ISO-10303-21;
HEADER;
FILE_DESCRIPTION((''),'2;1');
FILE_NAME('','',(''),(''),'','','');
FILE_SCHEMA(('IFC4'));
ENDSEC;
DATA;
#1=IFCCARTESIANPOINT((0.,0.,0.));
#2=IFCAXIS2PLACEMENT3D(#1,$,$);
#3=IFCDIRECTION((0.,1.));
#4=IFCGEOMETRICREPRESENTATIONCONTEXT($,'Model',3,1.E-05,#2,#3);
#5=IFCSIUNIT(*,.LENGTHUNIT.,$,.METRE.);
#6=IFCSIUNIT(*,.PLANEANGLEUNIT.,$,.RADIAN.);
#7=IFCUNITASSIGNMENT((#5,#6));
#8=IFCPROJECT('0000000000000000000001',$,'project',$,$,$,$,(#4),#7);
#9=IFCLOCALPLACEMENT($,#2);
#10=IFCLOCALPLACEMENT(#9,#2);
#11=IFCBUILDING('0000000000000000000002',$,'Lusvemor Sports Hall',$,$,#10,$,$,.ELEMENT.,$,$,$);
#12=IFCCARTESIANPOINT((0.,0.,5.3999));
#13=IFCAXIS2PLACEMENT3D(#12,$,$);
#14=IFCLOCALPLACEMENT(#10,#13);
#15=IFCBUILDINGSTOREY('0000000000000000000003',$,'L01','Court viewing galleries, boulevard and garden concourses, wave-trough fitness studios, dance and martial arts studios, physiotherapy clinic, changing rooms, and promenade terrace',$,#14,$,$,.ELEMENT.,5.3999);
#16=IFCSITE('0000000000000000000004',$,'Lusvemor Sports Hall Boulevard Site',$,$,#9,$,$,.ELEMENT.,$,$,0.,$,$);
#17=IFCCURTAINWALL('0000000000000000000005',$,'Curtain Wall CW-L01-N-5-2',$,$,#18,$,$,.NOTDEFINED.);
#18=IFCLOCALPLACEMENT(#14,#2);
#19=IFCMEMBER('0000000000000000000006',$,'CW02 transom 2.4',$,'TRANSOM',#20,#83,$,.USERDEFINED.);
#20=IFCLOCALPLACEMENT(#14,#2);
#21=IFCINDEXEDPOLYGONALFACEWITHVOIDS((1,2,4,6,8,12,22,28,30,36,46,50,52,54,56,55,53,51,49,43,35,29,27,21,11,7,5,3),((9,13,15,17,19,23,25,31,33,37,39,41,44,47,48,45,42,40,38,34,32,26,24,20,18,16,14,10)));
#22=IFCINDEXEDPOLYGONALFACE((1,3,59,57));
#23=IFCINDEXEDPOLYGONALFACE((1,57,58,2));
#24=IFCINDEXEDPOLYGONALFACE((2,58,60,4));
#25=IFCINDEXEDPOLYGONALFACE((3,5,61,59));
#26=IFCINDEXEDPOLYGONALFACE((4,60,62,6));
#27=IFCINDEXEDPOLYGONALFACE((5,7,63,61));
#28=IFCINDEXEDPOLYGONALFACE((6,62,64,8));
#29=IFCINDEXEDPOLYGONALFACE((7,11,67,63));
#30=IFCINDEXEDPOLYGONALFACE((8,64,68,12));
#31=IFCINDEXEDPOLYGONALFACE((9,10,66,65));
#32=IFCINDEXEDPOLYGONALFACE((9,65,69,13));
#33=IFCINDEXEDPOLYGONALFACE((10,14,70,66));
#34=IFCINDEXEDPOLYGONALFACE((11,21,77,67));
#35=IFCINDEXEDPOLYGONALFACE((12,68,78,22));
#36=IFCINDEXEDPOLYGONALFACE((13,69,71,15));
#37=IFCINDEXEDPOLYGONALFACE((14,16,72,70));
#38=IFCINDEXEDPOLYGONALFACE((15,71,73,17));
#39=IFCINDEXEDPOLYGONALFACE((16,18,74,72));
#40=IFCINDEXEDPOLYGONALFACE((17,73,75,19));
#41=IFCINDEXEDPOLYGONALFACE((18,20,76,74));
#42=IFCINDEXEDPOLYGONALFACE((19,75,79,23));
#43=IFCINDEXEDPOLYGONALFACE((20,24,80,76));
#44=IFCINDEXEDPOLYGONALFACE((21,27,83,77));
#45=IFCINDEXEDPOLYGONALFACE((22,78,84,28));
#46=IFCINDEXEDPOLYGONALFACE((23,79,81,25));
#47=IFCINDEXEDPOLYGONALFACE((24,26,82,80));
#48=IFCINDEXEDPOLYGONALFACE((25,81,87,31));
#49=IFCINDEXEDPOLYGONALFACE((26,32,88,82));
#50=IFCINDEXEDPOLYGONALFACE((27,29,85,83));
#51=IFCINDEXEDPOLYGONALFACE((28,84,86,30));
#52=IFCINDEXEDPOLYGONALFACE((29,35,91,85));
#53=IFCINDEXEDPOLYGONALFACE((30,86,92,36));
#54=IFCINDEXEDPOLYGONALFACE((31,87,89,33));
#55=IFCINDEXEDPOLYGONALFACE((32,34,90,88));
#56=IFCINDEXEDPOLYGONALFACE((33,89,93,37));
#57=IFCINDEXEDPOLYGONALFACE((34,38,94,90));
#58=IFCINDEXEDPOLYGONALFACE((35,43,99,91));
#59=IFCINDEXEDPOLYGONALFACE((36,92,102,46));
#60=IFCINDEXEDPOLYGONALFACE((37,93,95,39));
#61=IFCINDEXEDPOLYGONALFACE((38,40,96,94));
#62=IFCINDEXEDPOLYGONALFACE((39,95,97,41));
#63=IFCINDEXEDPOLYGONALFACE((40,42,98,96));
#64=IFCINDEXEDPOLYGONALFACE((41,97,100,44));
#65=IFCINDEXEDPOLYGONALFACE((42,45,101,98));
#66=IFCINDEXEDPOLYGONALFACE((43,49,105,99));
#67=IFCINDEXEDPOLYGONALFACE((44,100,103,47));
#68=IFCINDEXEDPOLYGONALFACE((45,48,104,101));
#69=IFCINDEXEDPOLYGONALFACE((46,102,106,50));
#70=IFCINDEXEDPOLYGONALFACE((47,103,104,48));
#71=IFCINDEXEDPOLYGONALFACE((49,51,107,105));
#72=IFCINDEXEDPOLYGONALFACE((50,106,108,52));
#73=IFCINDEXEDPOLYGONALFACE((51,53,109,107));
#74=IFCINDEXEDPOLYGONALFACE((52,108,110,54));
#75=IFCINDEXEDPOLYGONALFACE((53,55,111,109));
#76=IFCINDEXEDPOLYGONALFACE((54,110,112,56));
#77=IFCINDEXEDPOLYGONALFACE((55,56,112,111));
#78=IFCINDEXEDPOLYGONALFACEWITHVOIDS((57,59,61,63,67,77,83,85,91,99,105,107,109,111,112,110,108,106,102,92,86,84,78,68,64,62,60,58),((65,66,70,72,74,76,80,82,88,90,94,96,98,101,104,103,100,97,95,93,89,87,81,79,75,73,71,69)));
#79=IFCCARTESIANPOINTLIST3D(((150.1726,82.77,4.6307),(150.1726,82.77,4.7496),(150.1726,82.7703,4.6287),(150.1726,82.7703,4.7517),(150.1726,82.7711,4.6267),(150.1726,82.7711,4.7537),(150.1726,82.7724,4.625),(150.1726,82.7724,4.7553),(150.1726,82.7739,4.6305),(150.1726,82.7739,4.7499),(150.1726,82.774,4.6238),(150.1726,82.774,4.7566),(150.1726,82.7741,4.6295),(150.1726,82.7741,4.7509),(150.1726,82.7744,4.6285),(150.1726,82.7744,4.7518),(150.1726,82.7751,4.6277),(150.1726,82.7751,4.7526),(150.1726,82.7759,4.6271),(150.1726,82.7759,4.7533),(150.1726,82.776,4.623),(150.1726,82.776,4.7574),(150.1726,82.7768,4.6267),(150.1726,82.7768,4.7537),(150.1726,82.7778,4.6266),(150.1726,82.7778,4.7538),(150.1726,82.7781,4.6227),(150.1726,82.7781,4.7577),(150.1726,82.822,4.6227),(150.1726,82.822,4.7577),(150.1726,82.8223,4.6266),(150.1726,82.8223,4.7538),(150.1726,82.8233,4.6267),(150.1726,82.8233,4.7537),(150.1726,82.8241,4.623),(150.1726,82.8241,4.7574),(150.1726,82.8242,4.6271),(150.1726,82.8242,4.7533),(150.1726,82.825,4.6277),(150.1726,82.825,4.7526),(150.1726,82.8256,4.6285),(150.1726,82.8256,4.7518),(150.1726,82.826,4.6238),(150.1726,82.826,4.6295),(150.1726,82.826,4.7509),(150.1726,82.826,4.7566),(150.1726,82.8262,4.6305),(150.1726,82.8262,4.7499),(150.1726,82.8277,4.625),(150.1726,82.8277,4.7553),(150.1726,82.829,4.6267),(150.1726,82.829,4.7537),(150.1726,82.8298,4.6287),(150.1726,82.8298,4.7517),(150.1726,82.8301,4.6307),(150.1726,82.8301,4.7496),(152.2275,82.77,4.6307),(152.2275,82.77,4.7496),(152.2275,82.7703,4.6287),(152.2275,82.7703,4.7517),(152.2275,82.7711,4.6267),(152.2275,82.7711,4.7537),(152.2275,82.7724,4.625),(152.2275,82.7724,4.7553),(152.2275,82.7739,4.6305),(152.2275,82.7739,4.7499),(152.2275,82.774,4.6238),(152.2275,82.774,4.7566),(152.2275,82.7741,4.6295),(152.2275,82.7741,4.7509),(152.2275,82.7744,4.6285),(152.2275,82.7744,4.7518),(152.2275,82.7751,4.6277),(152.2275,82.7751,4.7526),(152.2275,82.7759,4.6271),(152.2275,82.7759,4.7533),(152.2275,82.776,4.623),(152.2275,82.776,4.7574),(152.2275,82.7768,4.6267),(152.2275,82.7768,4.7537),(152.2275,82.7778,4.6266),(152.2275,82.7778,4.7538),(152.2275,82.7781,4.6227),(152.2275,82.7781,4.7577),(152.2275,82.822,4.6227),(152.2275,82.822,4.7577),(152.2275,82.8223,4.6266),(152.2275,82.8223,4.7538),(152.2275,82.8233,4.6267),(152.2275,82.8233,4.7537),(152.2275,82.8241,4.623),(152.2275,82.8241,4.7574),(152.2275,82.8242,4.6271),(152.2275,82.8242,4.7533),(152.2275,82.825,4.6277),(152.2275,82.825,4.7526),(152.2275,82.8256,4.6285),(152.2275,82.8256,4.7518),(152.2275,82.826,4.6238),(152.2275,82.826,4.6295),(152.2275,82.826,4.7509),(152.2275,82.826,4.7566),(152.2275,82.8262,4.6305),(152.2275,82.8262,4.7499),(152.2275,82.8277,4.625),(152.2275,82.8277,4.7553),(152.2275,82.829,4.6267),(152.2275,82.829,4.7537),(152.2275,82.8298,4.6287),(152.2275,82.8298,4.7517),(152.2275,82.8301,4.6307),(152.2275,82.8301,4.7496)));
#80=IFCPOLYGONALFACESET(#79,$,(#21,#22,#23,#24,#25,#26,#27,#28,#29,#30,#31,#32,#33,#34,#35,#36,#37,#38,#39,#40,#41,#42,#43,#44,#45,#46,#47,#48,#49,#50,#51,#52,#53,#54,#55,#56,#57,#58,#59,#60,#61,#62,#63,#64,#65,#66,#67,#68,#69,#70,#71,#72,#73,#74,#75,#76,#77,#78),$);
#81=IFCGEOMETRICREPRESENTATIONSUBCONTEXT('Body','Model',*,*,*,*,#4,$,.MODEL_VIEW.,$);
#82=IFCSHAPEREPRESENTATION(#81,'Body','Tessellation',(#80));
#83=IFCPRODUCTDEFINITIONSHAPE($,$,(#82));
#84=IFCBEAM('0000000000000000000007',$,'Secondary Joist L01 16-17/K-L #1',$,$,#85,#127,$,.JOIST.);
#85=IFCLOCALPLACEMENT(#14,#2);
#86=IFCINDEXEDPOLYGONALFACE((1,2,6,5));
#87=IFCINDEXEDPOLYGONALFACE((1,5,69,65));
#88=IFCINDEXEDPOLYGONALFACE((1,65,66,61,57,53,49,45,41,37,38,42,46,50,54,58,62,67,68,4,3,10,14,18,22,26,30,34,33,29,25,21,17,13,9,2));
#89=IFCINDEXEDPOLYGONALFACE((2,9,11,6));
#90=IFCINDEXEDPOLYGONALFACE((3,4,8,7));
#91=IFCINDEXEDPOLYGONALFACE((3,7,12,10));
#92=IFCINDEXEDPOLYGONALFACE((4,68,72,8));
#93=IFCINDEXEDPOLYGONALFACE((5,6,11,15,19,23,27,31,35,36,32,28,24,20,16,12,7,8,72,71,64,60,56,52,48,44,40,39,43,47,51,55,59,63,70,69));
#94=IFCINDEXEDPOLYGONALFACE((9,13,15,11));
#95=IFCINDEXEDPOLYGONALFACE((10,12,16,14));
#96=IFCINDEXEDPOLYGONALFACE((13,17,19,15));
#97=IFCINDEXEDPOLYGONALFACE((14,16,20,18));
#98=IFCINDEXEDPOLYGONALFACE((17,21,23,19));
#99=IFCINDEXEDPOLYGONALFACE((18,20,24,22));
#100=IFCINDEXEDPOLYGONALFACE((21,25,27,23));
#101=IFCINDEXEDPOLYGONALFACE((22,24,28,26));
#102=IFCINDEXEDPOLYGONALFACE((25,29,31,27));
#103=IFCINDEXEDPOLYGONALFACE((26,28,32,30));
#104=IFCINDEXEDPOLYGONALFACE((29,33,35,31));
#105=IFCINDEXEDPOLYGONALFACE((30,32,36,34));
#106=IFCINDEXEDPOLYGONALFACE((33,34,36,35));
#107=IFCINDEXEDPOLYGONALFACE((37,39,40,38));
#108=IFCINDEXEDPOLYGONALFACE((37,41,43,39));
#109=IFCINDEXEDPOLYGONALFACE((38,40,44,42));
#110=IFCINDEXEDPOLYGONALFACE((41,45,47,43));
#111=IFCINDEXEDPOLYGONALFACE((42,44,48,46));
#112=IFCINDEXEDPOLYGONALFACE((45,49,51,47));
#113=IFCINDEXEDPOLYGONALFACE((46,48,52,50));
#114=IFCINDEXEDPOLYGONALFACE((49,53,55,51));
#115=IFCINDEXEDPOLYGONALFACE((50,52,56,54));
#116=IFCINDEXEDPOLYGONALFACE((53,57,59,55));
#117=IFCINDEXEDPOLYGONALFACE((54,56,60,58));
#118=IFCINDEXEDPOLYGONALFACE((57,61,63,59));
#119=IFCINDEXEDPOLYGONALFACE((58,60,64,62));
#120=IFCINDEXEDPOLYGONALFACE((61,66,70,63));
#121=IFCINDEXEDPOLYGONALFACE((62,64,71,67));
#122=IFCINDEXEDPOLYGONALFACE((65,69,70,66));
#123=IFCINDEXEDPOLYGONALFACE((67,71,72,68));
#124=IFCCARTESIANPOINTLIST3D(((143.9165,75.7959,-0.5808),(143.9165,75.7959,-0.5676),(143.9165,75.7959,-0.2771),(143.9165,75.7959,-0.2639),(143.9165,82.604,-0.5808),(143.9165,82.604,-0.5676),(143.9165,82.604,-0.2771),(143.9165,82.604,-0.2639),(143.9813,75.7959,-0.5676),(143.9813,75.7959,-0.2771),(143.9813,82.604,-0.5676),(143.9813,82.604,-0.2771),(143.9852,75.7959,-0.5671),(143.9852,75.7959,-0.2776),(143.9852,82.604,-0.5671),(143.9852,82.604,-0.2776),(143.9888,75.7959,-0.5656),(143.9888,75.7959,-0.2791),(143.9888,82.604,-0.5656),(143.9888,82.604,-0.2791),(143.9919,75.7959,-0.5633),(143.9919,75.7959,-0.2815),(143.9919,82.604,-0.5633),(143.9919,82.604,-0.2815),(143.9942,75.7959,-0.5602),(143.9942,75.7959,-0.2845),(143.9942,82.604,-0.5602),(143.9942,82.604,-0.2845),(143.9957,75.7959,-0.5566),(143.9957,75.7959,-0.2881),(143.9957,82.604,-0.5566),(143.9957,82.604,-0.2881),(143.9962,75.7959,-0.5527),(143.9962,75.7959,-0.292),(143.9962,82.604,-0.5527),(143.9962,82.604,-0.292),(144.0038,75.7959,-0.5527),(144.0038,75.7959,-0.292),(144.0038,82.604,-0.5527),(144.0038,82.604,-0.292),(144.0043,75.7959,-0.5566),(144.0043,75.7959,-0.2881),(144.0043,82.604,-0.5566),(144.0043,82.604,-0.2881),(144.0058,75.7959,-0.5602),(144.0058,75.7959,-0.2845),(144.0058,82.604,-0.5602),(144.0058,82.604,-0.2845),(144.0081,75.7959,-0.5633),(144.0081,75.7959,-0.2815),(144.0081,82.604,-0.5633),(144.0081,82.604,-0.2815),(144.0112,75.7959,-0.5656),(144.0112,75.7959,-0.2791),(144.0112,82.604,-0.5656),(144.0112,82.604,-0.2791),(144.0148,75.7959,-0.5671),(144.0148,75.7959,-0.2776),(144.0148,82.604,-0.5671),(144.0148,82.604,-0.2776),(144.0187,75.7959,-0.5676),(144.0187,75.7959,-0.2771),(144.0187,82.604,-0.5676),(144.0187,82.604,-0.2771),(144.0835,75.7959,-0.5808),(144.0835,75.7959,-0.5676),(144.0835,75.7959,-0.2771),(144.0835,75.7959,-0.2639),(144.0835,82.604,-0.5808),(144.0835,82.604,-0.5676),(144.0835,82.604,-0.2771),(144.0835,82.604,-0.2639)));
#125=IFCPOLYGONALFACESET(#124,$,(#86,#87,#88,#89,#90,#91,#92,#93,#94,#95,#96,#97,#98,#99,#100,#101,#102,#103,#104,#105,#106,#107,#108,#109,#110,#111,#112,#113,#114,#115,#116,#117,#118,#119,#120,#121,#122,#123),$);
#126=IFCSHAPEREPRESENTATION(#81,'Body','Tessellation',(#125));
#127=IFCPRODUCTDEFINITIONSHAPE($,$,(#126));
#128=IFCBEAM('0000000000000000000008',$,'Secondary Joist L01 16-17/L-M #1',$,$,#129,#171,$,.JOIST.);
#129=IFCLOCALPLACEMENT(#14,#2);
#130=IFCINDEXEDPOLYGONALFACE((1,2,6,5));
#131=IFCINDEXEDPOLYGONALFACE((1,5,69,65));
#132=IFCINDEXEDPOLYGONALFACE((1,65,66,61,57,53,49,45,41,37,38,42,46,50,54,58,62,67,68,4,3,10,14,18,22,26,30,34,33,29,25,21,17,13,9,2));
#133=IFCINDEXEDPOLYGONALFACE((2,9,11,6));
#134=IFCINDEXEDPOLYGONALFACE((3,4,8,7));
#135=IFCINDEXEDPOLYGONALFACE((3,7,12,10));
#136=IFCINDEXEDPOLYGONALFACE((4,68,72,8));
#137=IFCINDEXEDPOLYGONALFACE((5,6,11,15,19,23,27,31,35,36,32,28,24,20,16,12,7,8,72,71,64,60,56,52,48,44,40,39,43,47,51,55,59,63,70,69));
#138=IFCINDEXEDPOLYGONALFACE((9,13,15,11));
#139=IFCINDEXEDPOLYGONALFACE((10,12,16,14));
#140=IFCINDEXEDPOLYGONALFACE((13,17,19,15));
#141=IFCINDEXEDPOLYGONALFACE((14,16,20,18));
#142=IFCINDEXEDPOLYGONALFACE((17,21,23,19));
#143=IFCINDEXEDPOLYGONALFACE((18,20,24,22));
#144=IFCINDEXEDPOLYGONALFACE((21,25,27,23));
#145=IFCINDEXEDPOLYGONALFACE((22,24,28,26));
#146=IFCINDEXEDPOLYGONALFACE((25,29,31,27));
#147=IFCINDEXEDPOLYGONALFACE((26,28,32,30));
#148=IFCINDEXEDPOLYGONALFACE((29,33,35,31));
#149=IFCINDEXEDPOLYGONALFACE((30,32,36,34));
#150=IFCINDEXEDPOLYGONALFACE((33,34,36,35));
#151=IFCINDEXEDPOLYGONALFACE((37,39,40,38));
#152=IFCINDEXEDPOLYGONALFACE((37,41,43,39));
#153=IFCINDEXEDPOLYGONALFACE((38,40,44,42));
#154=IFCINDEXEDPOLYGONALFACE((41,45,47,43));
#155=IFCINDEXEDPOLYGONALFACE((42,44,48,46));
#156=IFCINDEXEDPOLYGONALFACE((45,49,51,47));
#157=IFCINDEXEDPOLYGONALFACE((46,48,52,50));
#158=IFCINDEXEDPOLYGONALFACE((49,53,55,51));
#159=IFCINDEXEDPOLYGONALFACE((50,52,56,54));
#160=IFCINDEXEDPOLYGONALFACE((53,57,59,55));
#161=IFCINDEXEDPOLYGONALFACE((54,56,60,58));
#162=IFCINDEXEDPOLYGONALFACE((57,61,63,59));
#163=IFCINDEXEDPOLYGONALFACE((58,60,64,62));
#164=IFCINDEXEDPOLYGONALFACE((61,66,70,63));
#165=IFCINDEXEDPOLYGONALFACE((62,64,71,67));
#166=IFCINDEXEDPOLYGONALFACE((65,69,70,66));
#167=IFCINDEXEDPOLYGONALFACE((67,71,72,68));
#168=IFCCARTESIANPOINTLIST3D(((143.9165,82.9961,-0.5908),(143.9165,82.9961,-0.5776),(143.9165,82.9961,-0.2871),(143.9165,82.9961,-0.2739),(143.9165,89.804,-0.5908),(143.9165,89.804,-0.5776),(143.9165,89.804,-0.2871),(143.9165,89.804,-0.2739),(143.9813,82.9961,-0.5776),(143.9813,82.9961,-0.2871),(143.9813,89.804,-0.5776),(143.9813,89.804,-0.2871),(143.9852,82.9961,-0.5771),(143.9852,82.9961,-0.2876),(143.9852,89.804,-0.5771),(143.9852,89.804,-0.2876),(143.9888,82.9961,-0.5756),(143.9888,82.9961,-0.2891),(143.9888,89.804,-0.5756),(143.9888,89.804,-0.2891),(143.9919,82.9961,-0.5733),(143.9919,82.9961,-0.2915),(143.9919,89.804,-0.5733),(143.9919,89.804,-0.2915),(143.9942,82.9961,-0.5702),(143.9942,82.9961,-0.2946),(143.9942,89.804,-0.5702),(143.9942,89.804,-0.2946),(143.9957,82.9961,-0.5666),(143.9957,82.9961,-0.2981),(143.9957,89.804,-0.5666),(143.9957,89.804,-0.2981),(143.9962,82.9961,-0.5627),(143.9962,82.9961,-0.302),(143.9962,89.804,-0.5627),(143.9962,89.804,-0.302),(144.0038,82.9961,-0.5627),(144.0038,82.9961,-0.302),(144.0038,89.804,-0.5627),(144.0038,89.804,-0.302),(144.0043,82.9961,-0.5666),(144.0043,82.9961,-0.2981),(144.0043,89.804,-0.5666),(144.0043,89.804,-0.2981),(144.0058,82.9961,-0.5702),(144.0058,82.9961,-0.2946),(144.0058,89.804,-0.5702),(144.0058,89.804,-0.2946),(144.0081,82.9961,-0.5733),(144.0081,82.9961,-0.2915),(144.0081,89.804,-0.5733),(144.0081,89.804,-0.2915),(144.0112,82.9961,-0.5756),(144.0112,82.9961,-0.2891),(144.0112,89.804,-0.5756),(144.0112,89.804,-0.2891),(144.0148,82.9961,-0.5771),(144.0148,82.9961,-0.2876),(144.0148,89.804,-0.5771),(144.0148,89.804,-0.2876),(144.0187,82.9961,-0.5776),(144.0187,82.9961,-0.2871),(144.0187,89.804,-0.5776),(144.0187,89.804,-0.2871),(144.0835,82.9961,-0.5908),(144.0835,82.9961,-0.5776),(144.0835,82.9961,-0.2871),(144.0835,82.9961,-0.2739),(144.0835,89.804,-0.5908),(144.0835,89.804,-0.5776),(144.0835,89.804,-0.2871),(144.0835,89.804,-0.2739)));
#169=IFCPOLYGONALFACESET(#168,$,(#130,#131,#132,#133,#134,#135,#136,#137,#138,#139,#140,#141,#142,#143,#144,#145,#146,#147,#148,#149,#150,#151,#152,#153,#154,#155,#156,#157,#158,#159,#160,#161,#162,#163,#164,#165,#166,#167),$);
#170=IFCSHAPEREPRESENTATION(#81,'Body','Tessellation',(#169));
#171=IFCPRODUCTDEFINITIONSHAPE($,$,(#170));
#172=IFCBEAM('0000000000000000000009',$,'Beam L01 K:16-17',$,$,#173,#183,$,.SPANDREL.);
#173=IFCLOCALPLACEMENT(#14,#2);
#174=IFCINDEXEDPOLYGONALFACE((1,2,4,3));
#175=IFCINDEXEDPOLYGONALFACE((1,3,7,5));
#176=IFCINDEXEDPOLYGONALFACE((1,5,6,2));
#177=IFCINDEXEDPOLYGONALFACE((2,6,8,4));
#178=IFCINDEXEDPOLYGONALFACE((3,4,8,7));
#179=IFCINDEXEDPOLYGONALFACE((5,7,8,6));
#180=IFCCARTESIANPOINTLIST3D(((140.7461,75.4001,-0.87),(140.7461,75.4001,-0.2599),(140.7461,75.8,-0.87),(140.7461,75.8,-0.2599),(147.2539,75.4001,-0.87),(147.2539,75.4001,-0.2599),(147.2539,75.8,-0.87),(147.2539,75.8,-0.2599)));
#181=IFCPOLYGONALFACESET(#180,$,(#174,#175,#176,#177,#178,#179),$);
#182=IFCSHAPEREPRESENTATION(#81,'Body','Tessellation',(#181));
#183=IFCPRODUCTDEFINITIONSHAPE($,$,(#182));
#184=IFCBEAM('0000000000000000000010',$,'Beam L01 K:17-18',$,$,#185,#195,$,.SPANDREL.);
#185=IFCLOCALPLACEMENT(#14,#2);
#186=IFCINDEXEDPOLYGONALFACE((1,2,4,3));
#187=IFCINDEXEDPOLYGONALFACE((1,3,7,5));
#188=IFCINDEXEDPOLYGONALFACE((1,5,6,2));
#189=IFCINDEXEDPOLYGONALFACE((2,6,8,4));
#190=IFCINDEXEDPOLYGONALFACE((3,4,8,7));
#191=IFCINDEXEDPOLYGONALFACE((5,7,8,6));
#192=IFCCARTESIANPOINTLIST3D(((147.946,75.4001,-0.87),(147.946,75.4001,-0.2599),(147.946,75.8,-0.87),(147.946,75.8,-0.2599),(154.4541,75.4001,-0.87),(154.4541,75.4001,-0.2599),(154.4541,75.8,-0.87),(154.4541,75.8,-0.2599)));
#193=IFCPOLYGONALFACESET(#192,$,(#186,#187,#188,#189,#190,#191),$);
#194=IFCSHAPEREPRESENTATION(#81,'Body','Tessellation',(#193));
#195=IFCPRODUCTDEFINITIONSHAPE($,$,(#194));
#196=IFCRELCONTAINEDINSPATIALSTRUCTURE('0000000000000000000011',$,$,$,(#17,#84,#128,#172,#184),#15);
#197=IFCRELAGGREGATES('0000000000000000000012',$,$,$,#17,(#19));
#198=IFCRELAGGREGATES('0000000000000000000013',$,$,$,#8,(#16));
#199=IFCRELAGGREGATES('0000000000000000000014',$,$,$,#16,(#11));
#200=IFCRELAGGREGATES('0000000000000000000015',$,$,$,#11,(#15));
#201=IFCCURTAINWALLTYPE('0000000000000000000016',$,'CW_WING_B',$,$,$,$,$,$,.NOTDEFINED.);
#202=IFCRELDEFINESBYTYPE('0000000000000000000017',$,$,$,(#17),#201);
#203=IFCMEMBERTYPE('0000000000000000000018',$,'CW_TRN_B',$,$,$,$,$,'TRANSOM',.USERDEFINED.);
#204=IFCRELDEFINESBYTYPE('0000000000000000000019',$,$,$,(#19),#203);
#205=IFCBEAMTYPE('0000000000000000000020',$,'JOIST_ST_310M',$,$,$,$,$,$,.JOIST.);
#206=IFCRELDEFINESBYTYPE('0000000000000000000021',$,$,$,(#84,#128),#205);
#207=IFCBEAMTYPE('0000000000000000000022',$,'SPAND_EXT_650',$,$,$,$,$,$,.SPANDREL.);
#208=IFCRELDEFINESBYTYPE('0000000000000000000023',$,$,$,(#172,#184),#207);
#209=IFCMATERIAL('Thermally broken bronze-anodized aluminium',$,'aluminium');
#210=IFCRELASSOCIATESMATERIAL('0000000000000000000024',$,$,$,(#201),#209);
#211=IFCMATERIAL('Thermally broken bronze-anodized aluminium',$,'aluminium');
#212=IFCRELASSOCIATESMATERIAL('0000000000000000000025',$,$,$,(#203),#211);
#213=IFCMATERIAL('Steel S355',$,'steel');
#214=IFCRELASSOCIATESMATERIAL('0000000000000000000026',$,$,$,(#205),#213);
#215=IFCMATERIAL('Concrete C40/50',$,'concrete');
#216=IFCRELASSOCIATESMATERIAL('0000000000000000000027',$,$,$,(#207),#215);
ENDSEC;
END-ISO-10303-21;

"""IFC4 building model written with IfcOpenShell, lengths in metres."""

from ifc_helpers import new_model, si_unit, direction, frame, origin, origin_2d, place, context, subcontext, project, spatial, rectangle, hollow_rectangle, i_section, extrude, material, material_profile, profile_set, type_object, element, aggregate, save


model = new_model("IFC4")

# Units and contexts
model_context = context("Model", 3, precision=1e-05, world=origin(), true_north=direction((0.0, 1.0)))
body_context = subcontext(model_context, "Body", "Model", "MODEL_VIEW")
ifc_project = project(units=[si_unit("LENGTHUNIT", "METRE"), si_unit("PLANEANGLEUNIT", "RADIAN")], contexts=[model_context])

# Site, building, storey
site_placement = place(None, origin())
site = spatial("IfcSite", under=ifc_project, at=site_placement, Name="Lusvemor Sports Hall Boulevard Site", CompositionType="ELEMENT", RefElevation=0.0)
building_placement = place(site_placement, origin())
building = spatial("IfcBuilding", under=site, at=building_placement, Name="Lusvemor Sports Hall", CompositionType="ELEMENT")
storey_placement = place(building_placement, frame((0.0, 0.0, 5.3999)))
storey = spatial("IfcBuildingStorey", under=building, at=storey_placement, Name="L01", Description="Court viewing galleries, boulevard and garden concourses, wave-trough fitness studios, dance and martial arts studios, physiotherapy clinic, changing rooms, and promenade terrace", CompositionType="ELEMENT", Elevation=5.3999)

# Curtain wall, member
ifc_material_1 = material(Name="Thermally broken bronze-anodized aluminium", Category="aluminium")
curtain_wall_type = type_object("IfcCurtainWallType", Name="CW_WING_B", PredefinedType="NOTDEFINED", material=ifc_material_1)
curtain_wall_placement = place(storey_placement, origin())
curtain_wall = element("IfcCurtainWall", 1, at=curtain_wall_placement, inside=storey, type_object=curtain_wall_type, Name="Curtain Wall CW-L01-N-5-2", PredefinedType="NOTDEFINED")
ifc_material_2 = material(Name="Thermally broken bronze-anodized aluminium", Category="aluminium")
ifc_material_profile_1 = material_profile(ifc_material_2, hollow_rectangle(XDim=0.0601, YDim=0.135, WallThickness=0.0039, InnerFilletRadius=0.0039, OuterFilletRadius=0.0081, at=origin_2d()), Name="CWTRN135x60x4")
ifc_profile_set_1 = profile_set([ifc_material_profile_1], Name="Thermally broken bronze-anodized aluminium")
member_type_1 = type_object("IfcMemberType", Name="CW_TRN_B", ElementType="TRANSOM", PredefinedType="USERDEFINED", material=ifc_profile_set_1)
member_1_placement = place(storey_placement, frame((150.1726, 82.8, 4.6902), z_axis=(1.0, 0.0, 0.0), x_axis=(0.0, 1.0, 0.0)))
member_1 = element("IfcMember", 2, at=member_1_placement, type_object=member_type_1, Name="CW02 transom 2.4", ObjectType="TRANSOM", PredefinedType="USERDEFINED", context=body_context, shape_type="SweptSolid", body=[
    extrude(hollow_rectangle(XDim=0.0601, YDim=0.135, WallThickness=0.0039, InnerFilletRadius=0.0039, OuterFilletRadius=0.0081, at=origin_2d()), origin(), (0.0, 0.0, 1.0), 2.0549),
])

# Beams
ifc_material_3 = material(Name="Steel S355", Category="steel")
ifc_material_profile_2 = material_profile(ifc_material_3, i_section(OverallWidth=0.167, OverallDepth=0.3169, WebThickness=0.0076, FlangeThickness=0.0132, FilletRadius=0.0149, at=origin_2d()), Name="W310x52.0")
ifc_profile_set_2 = profile_set([ifc_material_profile_2], Name="Steel S355")
beam_type_1 = type_object("IfcBeamType", Name="JOIST_ST_310M", PredefinedType="JOIST", material=ifc_profile_set_2)
beam_1_placement = place(storey_placement, frame((144.0, 75.7959, -0.4224), z_axis=(0.0, 1.0, 0.0), x_axis=(-1.0, 0.0, 0.0)))
element("IfcBeam", 3, at=beam_1_placement, inside=storey, type_object=beam_type_1, Name="Secondary Joist L01 16-17/K-L #1", PredefinedType="JOIST", context=body_context, shape_type="SweptSolid", body=[
    extrude(i_section(OverallWidth=0.167, OverallDepth=0.3169, WebThickness=0.0076, FlangeThickness=0.0132, FilletRadius=0.0149, at=origin_2d()), origin(), (0.0, 0.0, 1.0), 6.8081),
])
beam_2_placement = place(storey_placement, frame((144.0, 82.9961, -0.4324), z_axis=(0.0, 1.0, 0.0), x_axis=(-1.0, 0.0, 0.0)))
element("IfcBeam", 4, at=beam_2_placement, inside=storey, type_object=beam_type_1, Name="Secondary Joist L01 16-17/L-M #1", PredefinedType="JOIST", context=body_context, shape_type="SweptSolid", body=[
    extrude(i_section(OverallWidth=0.167, OverallDepth=0.3169, WebThickness=0.0076, FlangeThickness=0.0132, FilletRadius=0.0149, at=origin_2d()), origin(), (0.0, 0.0, 1.0), 6.8079),
])
ifc_material_4 = material(Name="Concrete C40/50", Category="concrete")
ifc_material_profile_3 = material_profile(ifc_material_4, rectangle(XDim=0.3999, YDim=0.6101, at=origin_2d()), Name="RC400x610")
ifc_profile_set_3 = profile_set([ifc_material_profile_3], Name="Concrete C40/50")
beam_type_2 = type_object("IfcBeamType", Name="SPAND_EXT_650", PredefinedType="SPANDREL", material=ifc_profile_set_3)
beam_3_placement = place(storey_placement, frame((140.7461, 75.6001, -0.5649), z_axis=(1.0, 0.0, 0.0), x_axis=(0.0, 1.0, 0.0)))
element("IfcBeam", 5, at=beam_3_placement, inside=storey, type_object=beam_type_2, Name="Beam L01 K:16-17", PredefinedType="SPANDREL", context=body_context, shape_type="SweptSolid", body=[
    extrude(rectangle(XDim=0.3999, YDim=0.6101, at=origin_2d()), origin(), (0.0, 0.0, 1.0), 6.5078),
])
beam_4_placement = place(storey_placement, frame((147.946, 75.6001, -0.5649), z_axis=(1.0, 0.0, 0.0), x_axis=(0.0, 1.0, 0.0)))
element("IfcBeam", 6, at=beam_4_placement, inside=storey, type_object=beam_type_2, Name="Beam L01 K:17-18", PredefinedType="SPANDREL", context=body_context, shape_type="SweptSolid", body=[
    extrude(rectangle(XDim=0.3999, YDim=0.6101, at=origin_2d()), origin(), (0.0, 0.0, 1.0), 6.5081),
])

aggregate(curtain_wall, [member_1])

save(model, "model.ifc")
